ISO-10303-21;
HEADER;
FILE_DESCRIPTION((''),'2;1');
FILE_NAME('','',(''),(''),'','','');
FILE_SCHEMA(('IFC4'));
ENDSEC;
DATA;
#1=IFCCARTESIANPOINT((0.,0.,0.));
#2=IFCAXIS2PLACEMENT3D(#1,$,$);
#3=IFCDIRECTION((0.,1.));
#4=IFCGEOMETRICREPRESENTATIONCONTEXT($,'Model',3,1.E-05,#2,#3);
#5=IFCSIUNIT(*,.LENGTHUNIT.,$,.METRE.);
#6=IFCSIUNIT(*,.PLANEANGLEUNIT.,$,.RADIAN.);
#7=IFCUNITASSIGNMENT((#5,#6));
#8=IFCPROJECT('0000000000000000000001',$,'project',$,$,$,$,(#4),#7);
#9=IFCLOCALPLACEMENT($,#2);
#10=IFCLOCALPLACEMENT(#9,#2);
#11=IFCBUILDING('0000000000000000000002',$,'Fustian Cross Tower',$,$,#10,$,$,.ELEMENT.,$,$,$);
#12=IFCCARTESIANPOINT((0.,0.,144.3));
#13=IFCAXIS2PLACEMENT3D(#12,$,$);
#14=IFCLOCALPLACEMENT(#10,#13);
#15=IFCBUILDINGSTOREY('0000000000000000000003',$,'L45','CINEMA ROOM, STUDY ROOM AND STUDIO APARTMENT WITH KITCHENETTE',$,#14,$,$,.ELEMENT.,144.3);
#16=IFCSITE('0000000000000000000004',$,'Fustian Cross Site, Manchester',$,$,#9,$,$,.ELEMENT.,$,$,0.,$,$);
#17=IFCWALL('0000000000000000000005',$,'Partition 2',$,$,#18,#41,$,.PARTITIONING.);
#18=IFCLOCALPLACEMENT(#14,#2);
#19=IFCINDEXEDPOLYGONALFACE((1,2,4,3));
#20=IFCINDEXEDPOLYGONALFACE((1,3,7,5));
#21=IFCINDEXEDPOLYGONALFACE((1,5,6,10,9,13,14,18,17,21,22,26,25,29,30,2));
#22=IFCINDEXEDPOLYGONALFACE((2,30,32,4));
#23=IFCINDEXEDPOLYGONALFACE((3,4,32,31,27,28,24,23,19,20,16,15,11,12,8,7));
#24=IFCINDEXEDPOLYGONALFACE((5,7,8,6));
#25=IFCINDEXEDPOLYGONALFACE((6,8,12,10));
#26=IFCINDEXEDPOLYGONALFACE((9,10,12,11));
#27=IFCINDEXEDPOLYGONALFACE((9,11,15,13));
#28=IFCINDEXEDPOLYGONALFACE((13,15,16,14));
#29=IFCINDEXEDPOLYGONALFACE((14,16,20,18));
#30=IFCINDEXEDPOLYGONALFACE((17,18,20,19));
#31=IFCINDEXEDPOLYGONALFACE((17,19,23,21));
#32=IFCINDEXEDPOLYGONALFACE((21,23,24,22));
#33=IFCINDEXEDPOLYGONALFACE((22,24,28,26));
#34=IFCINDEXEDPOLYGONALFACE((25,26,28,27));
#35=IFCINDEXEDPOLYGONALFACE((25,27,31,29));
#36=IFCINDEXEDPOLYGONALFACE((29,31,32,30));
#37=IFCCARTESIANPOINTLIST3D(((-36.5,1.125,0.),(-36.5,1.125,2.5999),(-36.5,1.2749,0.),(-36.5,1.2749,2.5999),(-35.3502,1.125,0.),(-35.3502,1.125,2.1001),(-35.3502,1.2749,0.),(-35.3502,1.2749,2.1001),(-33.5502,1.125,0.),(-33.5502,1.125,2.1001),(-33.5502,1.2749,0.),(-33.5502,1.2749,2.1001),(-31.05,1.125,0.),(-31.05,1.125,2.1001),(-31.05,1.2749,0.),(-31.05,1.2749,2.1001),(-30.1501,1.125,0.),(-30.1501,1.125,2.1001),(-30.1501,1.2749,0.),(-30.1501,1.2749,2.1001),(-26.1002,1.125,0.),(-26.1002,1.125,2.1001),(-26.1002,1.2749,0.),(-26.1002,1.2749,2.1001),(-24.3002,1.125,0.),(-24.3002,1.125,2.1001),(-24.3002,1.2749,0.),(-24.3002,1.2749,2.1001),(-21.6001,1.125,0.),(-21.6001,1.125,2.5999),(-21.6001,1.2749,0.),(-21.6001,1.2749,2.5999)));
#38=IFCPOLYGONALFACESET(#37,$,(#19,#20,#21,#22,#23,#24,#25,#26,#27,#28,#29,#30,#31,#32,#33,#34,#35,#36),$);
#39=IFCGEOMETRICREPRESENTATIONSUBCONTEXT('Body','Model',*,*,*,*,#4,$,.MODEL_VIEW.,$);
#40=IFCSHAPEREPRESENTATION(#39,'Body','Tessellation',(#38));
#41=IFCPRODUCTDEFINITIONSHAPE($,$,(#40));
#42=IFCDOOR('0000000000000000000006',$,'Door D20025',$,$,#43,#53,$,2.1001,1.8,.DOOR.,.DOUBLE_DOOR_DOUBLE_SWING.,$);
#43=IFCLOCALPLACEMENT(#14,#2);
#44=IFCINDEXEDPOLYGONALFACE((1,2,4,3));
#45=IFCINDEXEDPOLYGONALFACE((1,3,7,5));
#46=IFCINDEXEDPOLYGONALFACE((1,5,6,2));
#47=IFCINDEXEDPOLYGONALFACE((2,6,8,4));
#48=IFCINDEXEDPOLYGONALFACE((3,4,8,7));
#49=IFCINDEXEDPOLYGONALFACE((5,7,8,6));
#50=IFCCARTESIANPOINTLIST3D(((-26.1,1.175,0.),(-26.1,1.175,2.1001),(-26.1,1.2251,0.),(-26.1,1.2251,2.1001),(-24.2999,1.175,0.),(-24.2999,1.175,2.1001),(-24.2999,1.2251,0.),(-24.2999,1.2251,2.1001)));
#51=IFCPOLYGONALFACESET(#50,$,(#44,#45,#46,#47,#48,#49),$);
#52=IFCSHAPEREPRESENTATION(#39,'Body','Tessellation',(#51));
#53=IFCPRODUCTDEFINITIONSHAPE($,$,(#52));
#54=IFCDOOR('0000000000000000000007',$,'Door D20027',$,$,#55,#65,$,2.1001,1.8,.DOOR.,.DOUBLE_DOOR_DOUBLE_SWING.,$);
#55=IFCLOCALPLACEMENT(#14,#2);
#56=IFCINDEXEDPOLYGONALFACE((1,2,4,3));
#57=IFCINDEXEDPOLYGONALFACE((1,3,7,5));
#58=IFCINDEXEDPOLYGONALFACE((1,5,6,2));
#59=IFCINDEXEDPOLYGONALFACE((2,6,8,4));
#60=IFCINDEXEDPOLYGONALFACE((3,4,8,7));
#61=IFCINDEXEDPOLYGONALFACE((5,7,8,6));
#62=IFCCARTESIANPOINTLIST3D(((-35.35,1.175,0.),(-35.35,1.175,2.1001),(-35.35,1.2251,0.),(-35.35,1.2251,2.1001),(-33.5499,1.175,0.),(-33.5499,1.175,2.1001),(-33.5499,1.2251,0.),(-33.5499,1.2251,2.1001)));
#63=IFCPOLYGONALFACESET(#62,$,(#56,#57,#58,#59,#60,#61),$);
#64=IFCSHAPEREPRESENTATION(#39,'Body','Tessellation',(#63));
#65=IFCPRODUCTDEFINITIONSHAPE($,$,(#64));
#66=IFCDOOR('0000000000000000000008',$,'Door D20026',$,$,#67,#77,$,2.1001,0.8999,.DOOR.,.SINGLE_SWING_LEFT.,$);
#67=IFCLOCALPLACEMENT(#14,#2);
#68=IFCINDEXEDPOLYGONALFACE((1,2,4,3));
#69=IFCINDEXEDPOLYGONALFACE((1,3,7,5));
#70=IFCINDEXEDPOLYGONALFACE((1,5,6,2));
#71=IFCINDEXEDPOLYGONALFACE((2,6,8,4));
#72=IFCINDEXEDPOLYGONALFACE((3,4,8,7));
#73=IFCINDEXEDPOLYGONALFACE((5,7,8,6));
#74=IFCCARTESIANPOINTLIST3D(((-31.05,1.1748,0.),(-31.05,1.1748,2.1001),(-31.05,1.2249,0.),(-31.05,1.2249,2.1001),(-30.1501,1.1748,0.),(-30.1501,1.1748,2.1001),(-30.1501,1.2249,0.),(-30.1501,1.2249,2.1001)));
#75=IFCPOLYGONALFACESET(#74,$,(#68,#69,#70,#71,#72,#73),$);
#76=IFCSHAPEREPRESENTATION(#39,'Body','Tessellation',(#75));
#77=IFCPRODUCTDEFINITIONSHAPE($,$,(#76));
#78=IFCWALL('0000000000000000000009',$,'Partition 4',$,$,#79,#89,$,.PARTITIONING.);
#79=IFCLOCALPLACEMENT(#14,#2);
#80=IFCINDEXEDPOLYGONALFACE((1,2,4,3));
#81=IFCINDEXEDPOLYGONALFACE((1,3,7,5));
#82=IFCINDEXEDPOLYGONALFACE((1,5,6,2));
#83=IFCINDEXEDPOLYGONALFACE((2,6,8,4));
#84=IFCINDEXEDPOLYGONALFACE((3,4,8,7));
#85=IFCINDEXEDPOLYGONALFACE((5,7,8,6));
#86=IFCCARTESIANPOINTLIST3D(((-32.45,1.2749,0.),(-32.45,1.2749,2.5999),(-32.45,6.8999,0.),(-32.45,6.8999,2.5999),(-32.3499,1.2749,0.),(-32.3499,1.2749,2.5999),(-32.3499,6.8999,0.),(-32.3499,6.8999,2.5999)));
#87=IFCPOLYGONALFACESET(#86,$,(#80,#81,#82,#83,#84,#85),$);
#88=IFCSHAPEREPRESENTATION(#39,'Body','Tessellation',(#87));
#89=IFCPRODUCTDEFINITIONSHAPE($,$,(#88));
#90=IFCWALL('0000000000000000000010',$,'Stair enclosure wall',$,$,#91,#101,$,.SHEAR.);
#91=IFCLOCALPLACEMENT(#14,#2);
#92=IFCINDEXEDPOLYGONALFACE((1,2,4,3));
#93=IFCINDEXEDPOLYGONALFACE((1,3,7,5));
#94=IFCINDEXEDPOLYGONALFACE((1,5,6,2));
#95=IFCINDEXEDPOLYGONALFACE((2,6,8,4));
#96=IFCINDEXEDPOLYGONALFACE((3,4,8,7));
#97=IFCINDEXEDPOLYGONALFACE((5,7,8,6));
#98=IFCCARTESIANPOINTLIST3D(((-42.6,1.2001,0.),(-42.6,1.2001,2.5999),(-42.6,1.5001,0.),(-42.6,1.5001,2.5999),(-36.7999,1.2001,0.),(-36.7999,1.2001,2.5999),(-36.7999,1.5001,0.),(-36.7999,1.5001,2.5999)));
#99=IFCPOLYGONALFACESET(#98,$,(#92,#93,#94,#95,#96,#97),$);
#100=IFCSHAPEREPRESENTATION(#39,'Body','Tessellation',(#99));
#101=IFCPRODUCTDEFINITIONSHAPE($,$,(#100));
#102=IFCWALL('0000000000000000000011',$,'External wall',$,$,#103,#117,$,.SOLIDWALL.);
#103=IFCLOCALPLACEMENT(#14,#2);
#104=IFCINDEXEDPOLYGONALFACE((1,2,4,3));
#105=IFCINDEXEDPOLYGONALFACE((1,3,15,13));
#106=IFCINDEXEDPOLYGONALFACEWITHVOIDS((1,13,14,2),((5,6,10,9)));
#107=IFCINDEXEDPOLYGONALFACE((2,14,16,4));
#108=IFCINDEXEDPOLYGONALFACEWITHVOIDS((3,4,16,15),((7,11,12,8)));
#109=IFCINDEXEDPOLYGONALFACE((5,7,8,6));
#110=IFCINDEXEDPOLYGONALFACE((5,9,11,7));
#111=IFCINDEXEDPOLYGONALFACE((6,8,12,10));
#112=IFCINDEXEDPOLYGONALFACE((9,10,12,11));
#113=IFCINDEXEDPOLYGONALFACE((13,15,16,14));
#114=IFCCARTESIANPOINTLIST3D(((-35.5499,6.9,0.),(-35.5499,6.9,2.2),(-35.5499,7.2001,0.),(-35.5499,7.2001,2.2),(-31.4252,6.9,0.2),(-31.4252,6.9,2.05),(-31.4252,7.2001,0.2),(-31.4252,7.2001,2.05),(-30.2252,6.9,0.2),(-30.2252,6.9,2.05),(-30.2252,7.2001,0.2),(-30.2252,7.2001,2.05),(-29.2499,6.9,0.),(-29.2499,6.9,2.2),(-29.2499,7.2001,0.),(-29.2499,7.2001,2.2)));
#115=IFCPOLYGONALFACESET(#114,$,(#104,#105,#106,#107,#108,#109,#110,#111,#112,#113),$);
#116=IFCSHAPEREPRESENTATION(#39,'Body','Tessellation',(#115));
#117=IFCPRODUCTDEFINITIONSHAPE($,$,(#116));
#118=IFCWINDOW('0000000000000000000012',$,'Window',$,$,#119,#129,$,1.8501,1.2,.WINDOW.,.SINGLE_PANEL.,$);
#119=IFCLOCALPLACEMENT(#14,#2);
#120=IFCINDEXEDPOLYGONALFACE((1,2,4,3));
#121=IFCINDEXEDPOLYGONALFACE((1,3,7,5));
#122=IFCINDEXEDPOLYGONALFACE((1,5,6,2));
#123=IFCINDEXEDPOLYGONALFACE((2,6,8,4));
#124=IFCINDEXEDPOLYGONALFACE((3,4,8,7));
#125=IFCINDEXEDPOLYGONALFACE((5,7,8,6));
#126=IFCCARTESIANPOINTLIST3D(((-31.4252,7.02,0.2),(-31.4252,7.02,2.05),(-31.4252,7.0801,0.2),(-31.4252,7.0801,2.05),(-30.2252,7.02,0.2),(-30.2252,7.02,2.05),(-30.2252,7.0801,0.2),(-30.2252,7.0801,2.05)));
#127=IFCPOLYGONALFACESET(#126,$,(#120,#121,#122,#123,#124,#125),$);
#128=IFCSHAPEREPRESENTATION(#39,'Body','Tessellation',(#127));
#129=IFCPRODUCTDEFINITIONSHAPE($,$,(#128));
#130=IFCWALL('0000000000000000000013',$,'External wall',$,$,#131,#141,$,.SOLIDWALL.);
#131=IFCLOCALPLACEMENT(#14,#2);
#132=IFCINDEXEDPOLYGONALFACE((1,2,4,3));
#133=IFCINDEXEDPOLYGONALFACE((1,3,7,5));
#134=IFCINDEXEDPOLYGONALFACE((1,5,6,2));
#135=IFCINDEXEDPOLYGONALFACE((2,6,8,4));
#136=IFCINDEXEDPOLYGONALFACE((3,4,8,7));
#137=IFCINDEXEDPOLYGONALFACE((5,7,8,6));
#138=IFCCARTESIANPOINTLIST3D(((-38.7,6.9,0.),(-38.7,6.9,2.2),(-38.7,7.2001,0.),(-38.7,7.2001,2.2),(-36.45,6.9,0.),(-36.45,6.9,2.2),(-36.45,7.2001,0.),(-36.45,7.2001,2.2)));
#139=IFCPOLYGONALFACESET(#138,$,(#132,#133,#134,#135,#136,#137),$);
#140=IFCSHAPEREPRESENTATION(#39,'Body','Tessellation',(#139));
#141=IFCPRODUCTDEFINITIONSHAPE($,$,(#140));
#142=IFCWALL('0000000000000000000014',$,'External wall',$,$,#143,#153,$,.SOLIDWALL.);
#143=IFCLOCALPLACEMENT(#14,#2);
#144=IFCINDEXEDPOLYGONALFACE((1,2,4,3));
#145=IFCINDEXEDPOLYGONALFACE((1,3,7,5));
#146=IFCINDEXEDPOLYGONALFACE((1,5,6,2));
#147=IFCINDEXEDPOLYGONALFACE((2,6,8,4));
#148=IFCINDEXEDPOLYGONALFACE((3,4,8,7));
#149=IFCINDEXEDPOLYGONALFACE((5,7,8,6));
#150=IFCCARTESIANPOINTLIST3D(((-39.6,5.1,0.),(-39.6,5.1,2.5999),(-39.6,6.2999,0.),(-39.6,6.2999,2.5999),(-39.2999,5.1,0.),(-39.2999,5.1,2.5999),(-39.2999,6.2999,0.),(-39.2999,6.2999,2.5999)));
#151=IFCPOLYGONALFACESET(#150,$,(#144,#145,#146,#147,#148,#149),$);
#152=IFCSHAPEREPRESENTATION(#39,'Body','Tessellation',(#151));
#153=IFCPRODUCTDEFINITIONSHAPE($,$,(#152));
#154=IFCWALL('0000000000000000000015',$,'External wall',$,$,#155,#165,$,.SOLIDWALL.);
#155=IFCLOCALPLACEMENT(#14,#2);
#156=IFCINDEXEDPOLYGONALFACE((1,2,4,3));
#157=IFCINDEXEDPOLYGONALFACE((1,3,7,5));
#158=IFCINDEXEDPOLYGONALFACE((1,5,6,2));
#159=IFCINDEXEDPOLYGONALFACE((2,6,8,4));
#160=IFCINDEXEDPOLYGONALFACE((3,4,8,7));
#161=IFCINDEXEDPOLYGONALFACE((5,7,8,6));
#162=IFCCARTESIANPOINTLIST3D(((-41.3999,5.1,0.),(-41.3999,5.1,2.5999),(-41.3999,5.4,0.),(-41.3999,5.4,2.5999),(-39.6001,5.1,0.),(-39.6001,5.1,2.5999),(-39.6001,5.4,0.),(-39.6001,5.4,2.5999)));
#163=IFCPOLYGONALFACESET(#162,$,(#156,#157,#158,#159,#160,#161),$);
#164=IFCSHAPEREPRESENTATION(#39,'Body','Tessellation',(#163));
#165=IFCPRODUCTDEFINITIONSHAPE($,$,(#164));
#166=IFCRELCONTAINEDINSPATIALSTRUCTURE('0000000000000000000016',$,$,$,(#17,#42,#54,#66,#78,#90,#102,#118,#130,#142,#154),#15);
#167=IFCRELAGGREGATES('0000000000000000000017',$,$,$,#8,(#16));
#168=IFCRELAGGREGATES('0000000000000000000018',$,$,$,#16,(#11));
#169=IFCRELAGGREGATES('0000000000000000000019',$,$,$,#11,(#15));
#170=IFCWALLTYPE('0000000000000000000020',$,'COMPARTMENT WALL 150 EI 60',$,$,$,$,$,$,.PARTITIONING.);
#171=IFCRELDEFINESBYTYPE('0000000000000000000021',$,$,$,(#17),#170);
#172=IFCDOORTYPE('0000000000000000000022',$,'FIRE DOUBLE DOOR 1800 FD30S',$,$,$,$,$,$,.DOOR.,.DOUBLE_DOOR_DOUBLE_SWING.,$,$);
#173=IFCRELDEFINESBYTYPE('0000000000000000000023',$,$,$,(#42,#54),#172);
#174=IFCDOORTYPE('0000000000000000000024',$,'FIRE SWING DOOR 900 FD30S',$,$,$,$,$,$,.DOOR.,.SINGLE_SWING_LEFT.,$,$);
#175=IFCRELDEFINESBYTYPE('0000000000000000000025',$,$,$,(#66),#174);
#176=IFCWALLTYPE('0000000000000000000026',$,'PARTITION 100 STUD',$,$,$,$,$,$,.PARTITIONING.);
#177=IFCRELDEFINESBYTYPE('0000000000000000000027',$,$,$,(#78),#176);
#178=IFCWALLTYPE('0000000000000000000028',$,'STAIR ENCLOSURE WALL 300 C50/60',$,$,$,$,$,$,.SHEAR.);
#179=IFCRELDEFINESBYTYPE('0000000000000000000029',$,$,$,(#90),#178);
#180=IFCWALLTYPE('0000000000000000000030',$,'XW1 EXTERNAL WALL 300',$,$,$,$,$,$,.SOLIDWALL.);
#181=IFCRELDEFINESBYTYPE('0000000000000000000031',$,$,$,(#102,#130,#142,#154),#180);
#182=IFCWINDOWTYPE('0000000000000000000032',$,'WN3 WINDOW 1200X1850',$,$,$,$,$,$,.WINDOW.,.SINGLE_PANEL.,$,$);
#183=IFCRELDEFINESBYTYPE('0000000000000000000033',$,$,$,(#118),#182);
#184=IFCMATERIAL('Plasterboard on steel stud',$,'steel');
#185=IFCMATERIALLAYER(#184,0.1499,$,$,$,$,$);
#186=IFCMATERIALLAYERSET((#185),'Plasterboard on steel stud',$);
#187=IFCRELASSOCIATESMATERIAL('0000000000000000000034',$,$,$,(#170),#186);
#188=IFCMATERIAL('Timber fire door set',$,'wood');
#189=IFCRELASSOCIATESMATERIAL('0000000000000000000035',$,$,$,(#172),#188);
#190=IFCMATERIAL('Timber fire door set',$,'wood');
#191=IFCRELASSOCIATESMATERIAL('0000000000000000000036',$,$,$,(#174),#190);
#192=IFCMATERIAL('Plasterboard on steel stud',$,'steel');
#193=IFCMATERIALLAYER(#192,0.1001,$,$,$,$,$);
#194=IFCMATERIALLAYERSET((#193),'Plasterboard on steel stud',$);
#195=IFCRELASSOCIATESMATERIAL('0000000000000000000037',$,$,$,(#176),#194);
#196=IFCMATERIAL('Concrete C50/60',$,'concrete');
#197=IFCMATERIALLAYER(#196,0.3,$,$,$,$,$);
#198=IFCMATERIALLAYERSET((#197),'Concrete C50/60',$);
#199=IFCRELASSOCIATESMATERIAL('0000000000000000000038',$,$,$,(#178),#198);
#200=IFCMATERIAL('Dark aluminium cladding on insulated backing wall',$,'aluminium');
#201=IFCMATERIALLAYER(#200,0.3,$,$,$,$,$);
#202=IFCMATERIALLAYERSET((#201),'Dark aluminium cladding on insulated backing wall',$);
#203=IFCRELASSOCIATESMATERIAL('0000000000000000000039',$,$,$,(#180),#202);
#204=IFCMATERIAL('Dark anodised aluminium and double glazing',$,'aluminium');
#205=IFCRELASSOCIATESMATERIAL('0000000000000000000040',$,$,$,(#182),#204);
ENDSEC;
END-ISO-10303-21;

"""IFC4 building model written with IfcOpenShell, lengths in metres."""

from ifc_helpers import new_model, si_unit, direction, frame, frame_2d, origin, place, context, subcontext, project, spatial, rectangle, extrude, material, layer, layer_set, type_object, element, fill, save


model = new_model("IFC4")

# Units and contexts
model_context = context("Model", 3, precision=1e-05, world=origin(), true_north=direction((0.0, 1.0)))
body_context = subcontext(model_context, "Body", "Model", "MODEL_VIEW")
ifc_project = project(units=[si_unit("LENGTHUNIT", "METRE"), si_unit("PLANEANGLEUNIT", "RADIAN")], contexts=[model_context])

# Site, building, storey
site_placement = place(None, origin())
site = spatial("IfcSite", under=ifc_project, at=site_placement, Name="Fustian Cross Site, Manchester", CompositionType="ELEMENT", RefElevation=0.0)
building_placement = place(site_placement, origin())
building = spatial("IfcBuilding", under=site, at=building_placement, Name="Fustian Cross Tower", CompositionType="ELEMENT")
storey_placement = place(building_placement, frame((0.0, 0.0, 144.3)))
storey = spatial("IfcBuildingStorey", under=building, at=storey_placement, Name="L45", Description="CINEMA ROOM, STUDY ROOM AND STUDIO APARTMENT WITH KITCHENETTE", CompositionType="ELEMENT", Elevation=144.3)

# Wall, openings, doors
ifc_material_1 = material(Name="Plasterboard on steel stud", Category="steel")
ifc_layer_1 = layer(ifc_material_1, 0.1499)
ifc_layer_set_1 = layer_set([ifc_layer_1], Name="Plasterboard on steel stud")
wall_type_1 = type_object("IfcWallType", Name="COMPARTMENT WALL 150 EI 60", PredefinedType="PARTITIONING", material=ifc_layer_set_1)
ifc_material_2 = material(Name="Timber fire door set", Category="wood")
door_type_1 = type_object("IfcDoorType", Name="FIRE DOUBLE DOOR 1800 FD30S", OperationType="DOUBLE_DOOR_DOUBLE_SWING", PredefinedType="DOOR", material=ifc_material_2)
ifc_material_3 = material(Name="Timber fire door set", Category="wood")
door_type_2 = type_object("IfcDoorType", Name="FIRE SWING DOOR 900 FD30S", OperationType="SINGLE_SWING_LEFT", PredefinedType="DOOR", material=ifc_material_3)
wall_1_placement = place(storey_placement, frame((-36.5, 1.2, 0.0), z_axis=(0.0, 0.0, 1.0), x_axis=(1.0, 0.0, 0.0)))
wall_1 = element("IfcWall", 1, at=wall_1_placement, inside=storey, type_object=wall_type_1, Name="Partition 2", PredefinedType="PARTITIONING", context=body_context, shape_type="SweptSolid", body=[
    extrude(rectangle(XDim=14.8999, YDim=0.1499, at=frame_2d((7.45, 0.0))), origin(), (0.0, 0.0, 1.0), 2.5999),
])
opening_1_placement = place(wall_1_placement, frame((10.3999, 0.0, 0.0)))
opening_1 = element("IfcOpeningElement", 2, at=opening_1_placement, cuts=wall_1, PredefinedType="OPENING", context=body_context, shape_type="SweptSolid", body=[
    extrude(rectangle(XDim=1.8, YDim=2.1001, at=frame_2d((0.8999, 1.05))), frame((0.0, 0.085, 0.0), z_axis=(0.0, -1.0, 0.0), x_axis=(1.0, 0.0, 0.0)), (0.0, 0.0, 1.0), 0.1699),
])
opening_2_placement = place(wall_1_placement, frame((5.45, 0.0, 0.0)))
opening_2 = element("IfcOpeningElement", 3, at=opening_2_placement, cuts=wall_1, PredefinedType="OPENING", context=body_context, shape_type="SweptSolid", body=[
    extrude(rectangle(XDim=0.8999, YDim=2.1001, at=frame_2d((0.45, 1.05))), frame((0.0, 0.085, 0.0), z_axis=(0.0, -1.0, 0.0), x_axis=(1.0, 0.0, 0.0)), (0.0, 0.0, 1.0), 0.1699),
])
opening_3_placement = place(wall_1_placement, frame((1.1499, 0.0, 0.0)))
opening_3 = element("IfcOpeningElement", 4, at=opening_3_placement, cuts=wall_1, PredefinedType="OPENING", context=body_context, shape_type="SweptSolid", body=[
    extrude(rectangle(XDim=1.8, YDim=2.1001, at=frame_2d((0.8999, 1.05))), frame((0.0, 0.085, 0.0), z_axis=(0.0, -1.0, 0.0), x_axis=(1.0, 0.0, 0.0)), (0.0, 0.0, 1.0), 0.1699),
])
door_1_placement = place(opening_1_placement, frame((1.8, 0.0, 0.0), z_axis=(0.0, 0.0, 1.0), x_axis=(-1.0, 0.0, 0.0)))
door_1 = element("IfcDoor", 5, at=door_1_placement, inside=storey, type_object=door_type_1, Name="Door D20025", OperationType="DOUBLE_DOOR_DOUBLE_SWING", OverallHeight=2.1001, OverallWidth=1.8, PredefinedType="DOOR", context=body_context, shape_type="SweptSolid", body=[
    extrude(rectangle(XDim=1.8, YDim=2.1001, at=frame_2d((0.8999, 1.05))), frame((0.0, 0.0249, 0.0), z_axis=(0.0, -1.0, 0.0), x_axis=(1.0, 0.0, 0.0)), (0.0, 0.0, 1.0), 0.05),
])
fill(opening_1, door_1)
door_2_placement = place(opening_3_placement, frame((1.8, 0.0, 0.0), z_axis=(0.0, 0.0, 1.0), x_axis=(-1.0, 0.0, 0.0)))
door_2 = element("IfcDoor", 6, at=door_2_placement, inside=storey, type_object=door_type_1, Name="Door D20027", OperationType="DOUBLE_DOOR_DOUBLE_SWING", OverallHeight=2.1001, OverallWidth=1.8, PredefinedType="DOOR", context=body_context, shape_type="SweptSolid", body=[
    extrude(rectangle(XDim=1.8, YDim=2.1001, at=frame_2d((0.8999, 1.05))), frame((0.0, 0.0249, 0.0), z_axis=(0.0, -1.0, 0.0), x_axis=(1.0, 0.0, 0.0)), (0.0, 0.0, 1.0), 0.05),
])
fill(opening_3, door_2)
door_3_placement = place(opening_2_placement, origin())
door_3 = element("IfcDoor", 7, at=door_3_placement, inside=storey, type_object=door_type_2, Name="Door D20026", OperationType="SINGLE_SWING_LEFT", OverallHeight=2.1001, OverallWidth=0.8999, PredefinedType="DOOR", context=body_context, shape_type="SweptSolid", body=[
    extrude(rectangle(XDim=0.8999, YDim=2.1001, at=frame_2d((0.45, 1.05))), frame((0.0, 0.0249, 0.0), z_axis=(0.0, -1.0, 0.0), x_axis=(1.0, 0.0, 0.0)), (0.0, 0.0, 1.0), 0.05),
])
fill(opening_2, door_3)

# Walls
ifc_material_4 = material(Name="Plasterboard on steel stud", Category="steel")
ifc_layer_2 = layer(ifc_material_4, 0.1001)
ifc_layer_set_2 = layer_set([ifc_layer_2], Name="Plasterboard on steel stud")
wall_type_2 = type_object("IfcWallType", Name="PARTITION 100 STUD", PredefinedType="PARTITIONING", material=ifc_layer_set_2)
wall_2_placement = place(storey_placement, frame((-32.3999, 1.2749, 0.0), z_axis=(0.0, 0.0, 1.0), x_axis=(0.0, 1.0, 0.0)))
element("IfcWall", 8, at=wall_2_placement, inside=storey, type_object=wall_type_2, Name="Partition 4", PredefinedType="PARTITIONING", context=body_context, shape_type="SweptSolid", body=[
    extrude(rectangle(XDim=5.625, YDim=0.1001, at=frame_2d((2.8125, 0.0))), origin(), (0.0, 0.0, 1.0), 2.5999),
])
ifc_material_5 = material(Name="Concrete C50/60", Category="concrete")
ifc_layer_3 = layer(ifc_material_5, 0.3)
ifc_layer_set_3 = layer_set([ifc_layer_3], Name="Concrete C50/60")
wall_type_3 = type_object("IfcWallType", Name="STAIR ENCLOSURE WALL 300 C50/60", PredefinedType="SHEAR", material=ifc_layer_set_3)
wall_3_placement = place(storey_placement, frame((-36.8, 1.3501, 0.0), z_axis=(0.0, 0.0, 1.0), x_axis=(-1.0, 0.0, 0.0)))
element("IfcWall", 9, at=wall_3_placement, inside=storey, type_object=wall_type_3, Name="Stair enclosure wall", PredefinedType="SHEAR", context=body_context, shape_type="SweptSolid", body=[
    extrude(rectangle(XDim=5.8, YDim=0.3, at=frame_2d((2.8999, 0.0))), origin(), (0.0, 0.0, 1.0), 2.5999),
])

# Wall, opening, window
ifc_material_6 = material(Name="Dark aluminium cladding on insulated backing wall", Category="aluminium")
ifc_layer_4 = layer(ifc_material_6, 0.3)
ifc_layer_set_4 = layer_set([ifc_layer_4], Name="Dark aluminium cladding on insulated backing wall")
wall_type_4 = type_object("IfcWallType", Name="XW1 EXTERNAL WALL 300", PredefinedType="SOLIDWALL", material=ifc_layer_set_4)
wall_4_placement = place(storey_placement, frame((-29.25, 7.05, 0.0), z_axis=(0.0, 0.0, 1.0), x_axis=(-1.0, 0.0, 0.0)))
wall_4 = element("IfcWall", 10, at=wall_4_placement, inside=storey, type_object=wall_type_4, Name="External wall", PredefinedType="SOLIDWALL", context=body_context, shape_type="SweptSolid", body=[
    extrude(rectangle(XDim=6.3, YDim=0.3, at=frame_2d((3.1499, 0.0))), origin(), (0.0, 0.0, 1.0), 2.2),
])
opening_4_placement = place(wall_4_placement, frame((0.9751, 0.0, 0.2)))
opening_4 = element("IfcOpeningElement", 11, at=opening_4_placement, cuts=wall_4, PredefinedType="OPENING", context=body_context, shape_type="SweptSolid", body=[
    extrude(rectangle(XDim=1.2, YDim=1.8501, at=frame_2d((0.6001, 0.925))), frame((0.0, 0.1599, 0.0), z_axis=(0.0, -1.0, 0.0), x_axis=(1.0, 0.0, 0.0)), (0.0, 0.0, 1.0), 0.3201),
])
ifc_material_7 = material(Name="Dark anodised aluminium and double glazing", Category="aluminium")
window_type_1 = type_object("IfcWindowType", Name="WN3 WINDOW 1200X1850", PartitioningType="SINGLE_PANEL", PredefinedType="WINDOW", material=ifc_material_7)
window_1_placement = place(opening_4_placement, origin())
window_1 = element("IfcWindow", 12, at=window_1_placement, inside=storey, type_object=window_type_1, Name="Window", OverallHeight=1.8501, OverallWidth=1.2, PartitioningType="SINGLE_PANEL", PredefinedType="WINDOW", context=body_context, shape_type="SweptSolid", body=[
    extrude(rectangle(XDim=1.2, YDim=1.8501, at=frame_2d((0.6001, 0.925))), frame((0.0, 0.03, 0.0), z_axis=(0.0, -1.0, 0.0), x_axis=(1.0, 0.0, 0.0)), (0.0, 0.0, 1.0), 0.0601),
])
fill(opening_4, window_1)

# Walls
wall_5_placement = place(storey_placement, frame((-36.45, 7.05, 0.0), z_axis=(0.0, 0.0, 1.0), x_axis=(-1.0, 0.0, 0.0)))
element("IfcWall", 13, at=wall_5_placement, inside=storey, type_object=wall_type_4, Name="External wall", PredefinedType="SOLIDWALL", context=body_context, shape_type="SweptSolid", body=[
    extrude(rectangle(XDim=2.25, YDim=0.3, at=frame_2d((1.125, 0.0))), origin(), (0.0, 0.0, 1.0), 2.2),
])
wall_6_placement = place(storey_placement, frame((-39.45, 6.3, 0.0), z_axis=(0.0, 0.0, 1.0), x_axis=(0.0, -1.0, 0.0)))
element("IfcWall", 14, at=wall_6_placement, inside=storey, type_object=wall_type_4, Name="External wall", PredefinedType="SOLIDWALL", context=body_context, shape_type="SweptSolid", body=[
    extrude(rectangle(XDim=1.2, YDim=0.3, at=frame_2d((0.6001, 0.0))), origin(), (0.0, 0.0, 1.0), 2.5999),
])
wall_7_placement = place(storey_placement, frame((-39.6001, 5.25, 0.0), z_axis=(0.0, 0.0, 1.0), x_axis=(-1.0, 0.0, 0.0)))
element("IfcWall", 15, at=wall_7_placement, inside=storey, type_object=wall_type_4, Name="External wall", PredefinedType="SOLIDWALL", context=body_context, shape_type="SweptSolid", body=[
    extrude(rectangle(XDim=1.7998, YDim=0.3, at=frame_2d((0.8999, 0.0))), origin(), (0.0, 0.0, 1.0), 2.5999),
])

save(model, "model.ifc")
